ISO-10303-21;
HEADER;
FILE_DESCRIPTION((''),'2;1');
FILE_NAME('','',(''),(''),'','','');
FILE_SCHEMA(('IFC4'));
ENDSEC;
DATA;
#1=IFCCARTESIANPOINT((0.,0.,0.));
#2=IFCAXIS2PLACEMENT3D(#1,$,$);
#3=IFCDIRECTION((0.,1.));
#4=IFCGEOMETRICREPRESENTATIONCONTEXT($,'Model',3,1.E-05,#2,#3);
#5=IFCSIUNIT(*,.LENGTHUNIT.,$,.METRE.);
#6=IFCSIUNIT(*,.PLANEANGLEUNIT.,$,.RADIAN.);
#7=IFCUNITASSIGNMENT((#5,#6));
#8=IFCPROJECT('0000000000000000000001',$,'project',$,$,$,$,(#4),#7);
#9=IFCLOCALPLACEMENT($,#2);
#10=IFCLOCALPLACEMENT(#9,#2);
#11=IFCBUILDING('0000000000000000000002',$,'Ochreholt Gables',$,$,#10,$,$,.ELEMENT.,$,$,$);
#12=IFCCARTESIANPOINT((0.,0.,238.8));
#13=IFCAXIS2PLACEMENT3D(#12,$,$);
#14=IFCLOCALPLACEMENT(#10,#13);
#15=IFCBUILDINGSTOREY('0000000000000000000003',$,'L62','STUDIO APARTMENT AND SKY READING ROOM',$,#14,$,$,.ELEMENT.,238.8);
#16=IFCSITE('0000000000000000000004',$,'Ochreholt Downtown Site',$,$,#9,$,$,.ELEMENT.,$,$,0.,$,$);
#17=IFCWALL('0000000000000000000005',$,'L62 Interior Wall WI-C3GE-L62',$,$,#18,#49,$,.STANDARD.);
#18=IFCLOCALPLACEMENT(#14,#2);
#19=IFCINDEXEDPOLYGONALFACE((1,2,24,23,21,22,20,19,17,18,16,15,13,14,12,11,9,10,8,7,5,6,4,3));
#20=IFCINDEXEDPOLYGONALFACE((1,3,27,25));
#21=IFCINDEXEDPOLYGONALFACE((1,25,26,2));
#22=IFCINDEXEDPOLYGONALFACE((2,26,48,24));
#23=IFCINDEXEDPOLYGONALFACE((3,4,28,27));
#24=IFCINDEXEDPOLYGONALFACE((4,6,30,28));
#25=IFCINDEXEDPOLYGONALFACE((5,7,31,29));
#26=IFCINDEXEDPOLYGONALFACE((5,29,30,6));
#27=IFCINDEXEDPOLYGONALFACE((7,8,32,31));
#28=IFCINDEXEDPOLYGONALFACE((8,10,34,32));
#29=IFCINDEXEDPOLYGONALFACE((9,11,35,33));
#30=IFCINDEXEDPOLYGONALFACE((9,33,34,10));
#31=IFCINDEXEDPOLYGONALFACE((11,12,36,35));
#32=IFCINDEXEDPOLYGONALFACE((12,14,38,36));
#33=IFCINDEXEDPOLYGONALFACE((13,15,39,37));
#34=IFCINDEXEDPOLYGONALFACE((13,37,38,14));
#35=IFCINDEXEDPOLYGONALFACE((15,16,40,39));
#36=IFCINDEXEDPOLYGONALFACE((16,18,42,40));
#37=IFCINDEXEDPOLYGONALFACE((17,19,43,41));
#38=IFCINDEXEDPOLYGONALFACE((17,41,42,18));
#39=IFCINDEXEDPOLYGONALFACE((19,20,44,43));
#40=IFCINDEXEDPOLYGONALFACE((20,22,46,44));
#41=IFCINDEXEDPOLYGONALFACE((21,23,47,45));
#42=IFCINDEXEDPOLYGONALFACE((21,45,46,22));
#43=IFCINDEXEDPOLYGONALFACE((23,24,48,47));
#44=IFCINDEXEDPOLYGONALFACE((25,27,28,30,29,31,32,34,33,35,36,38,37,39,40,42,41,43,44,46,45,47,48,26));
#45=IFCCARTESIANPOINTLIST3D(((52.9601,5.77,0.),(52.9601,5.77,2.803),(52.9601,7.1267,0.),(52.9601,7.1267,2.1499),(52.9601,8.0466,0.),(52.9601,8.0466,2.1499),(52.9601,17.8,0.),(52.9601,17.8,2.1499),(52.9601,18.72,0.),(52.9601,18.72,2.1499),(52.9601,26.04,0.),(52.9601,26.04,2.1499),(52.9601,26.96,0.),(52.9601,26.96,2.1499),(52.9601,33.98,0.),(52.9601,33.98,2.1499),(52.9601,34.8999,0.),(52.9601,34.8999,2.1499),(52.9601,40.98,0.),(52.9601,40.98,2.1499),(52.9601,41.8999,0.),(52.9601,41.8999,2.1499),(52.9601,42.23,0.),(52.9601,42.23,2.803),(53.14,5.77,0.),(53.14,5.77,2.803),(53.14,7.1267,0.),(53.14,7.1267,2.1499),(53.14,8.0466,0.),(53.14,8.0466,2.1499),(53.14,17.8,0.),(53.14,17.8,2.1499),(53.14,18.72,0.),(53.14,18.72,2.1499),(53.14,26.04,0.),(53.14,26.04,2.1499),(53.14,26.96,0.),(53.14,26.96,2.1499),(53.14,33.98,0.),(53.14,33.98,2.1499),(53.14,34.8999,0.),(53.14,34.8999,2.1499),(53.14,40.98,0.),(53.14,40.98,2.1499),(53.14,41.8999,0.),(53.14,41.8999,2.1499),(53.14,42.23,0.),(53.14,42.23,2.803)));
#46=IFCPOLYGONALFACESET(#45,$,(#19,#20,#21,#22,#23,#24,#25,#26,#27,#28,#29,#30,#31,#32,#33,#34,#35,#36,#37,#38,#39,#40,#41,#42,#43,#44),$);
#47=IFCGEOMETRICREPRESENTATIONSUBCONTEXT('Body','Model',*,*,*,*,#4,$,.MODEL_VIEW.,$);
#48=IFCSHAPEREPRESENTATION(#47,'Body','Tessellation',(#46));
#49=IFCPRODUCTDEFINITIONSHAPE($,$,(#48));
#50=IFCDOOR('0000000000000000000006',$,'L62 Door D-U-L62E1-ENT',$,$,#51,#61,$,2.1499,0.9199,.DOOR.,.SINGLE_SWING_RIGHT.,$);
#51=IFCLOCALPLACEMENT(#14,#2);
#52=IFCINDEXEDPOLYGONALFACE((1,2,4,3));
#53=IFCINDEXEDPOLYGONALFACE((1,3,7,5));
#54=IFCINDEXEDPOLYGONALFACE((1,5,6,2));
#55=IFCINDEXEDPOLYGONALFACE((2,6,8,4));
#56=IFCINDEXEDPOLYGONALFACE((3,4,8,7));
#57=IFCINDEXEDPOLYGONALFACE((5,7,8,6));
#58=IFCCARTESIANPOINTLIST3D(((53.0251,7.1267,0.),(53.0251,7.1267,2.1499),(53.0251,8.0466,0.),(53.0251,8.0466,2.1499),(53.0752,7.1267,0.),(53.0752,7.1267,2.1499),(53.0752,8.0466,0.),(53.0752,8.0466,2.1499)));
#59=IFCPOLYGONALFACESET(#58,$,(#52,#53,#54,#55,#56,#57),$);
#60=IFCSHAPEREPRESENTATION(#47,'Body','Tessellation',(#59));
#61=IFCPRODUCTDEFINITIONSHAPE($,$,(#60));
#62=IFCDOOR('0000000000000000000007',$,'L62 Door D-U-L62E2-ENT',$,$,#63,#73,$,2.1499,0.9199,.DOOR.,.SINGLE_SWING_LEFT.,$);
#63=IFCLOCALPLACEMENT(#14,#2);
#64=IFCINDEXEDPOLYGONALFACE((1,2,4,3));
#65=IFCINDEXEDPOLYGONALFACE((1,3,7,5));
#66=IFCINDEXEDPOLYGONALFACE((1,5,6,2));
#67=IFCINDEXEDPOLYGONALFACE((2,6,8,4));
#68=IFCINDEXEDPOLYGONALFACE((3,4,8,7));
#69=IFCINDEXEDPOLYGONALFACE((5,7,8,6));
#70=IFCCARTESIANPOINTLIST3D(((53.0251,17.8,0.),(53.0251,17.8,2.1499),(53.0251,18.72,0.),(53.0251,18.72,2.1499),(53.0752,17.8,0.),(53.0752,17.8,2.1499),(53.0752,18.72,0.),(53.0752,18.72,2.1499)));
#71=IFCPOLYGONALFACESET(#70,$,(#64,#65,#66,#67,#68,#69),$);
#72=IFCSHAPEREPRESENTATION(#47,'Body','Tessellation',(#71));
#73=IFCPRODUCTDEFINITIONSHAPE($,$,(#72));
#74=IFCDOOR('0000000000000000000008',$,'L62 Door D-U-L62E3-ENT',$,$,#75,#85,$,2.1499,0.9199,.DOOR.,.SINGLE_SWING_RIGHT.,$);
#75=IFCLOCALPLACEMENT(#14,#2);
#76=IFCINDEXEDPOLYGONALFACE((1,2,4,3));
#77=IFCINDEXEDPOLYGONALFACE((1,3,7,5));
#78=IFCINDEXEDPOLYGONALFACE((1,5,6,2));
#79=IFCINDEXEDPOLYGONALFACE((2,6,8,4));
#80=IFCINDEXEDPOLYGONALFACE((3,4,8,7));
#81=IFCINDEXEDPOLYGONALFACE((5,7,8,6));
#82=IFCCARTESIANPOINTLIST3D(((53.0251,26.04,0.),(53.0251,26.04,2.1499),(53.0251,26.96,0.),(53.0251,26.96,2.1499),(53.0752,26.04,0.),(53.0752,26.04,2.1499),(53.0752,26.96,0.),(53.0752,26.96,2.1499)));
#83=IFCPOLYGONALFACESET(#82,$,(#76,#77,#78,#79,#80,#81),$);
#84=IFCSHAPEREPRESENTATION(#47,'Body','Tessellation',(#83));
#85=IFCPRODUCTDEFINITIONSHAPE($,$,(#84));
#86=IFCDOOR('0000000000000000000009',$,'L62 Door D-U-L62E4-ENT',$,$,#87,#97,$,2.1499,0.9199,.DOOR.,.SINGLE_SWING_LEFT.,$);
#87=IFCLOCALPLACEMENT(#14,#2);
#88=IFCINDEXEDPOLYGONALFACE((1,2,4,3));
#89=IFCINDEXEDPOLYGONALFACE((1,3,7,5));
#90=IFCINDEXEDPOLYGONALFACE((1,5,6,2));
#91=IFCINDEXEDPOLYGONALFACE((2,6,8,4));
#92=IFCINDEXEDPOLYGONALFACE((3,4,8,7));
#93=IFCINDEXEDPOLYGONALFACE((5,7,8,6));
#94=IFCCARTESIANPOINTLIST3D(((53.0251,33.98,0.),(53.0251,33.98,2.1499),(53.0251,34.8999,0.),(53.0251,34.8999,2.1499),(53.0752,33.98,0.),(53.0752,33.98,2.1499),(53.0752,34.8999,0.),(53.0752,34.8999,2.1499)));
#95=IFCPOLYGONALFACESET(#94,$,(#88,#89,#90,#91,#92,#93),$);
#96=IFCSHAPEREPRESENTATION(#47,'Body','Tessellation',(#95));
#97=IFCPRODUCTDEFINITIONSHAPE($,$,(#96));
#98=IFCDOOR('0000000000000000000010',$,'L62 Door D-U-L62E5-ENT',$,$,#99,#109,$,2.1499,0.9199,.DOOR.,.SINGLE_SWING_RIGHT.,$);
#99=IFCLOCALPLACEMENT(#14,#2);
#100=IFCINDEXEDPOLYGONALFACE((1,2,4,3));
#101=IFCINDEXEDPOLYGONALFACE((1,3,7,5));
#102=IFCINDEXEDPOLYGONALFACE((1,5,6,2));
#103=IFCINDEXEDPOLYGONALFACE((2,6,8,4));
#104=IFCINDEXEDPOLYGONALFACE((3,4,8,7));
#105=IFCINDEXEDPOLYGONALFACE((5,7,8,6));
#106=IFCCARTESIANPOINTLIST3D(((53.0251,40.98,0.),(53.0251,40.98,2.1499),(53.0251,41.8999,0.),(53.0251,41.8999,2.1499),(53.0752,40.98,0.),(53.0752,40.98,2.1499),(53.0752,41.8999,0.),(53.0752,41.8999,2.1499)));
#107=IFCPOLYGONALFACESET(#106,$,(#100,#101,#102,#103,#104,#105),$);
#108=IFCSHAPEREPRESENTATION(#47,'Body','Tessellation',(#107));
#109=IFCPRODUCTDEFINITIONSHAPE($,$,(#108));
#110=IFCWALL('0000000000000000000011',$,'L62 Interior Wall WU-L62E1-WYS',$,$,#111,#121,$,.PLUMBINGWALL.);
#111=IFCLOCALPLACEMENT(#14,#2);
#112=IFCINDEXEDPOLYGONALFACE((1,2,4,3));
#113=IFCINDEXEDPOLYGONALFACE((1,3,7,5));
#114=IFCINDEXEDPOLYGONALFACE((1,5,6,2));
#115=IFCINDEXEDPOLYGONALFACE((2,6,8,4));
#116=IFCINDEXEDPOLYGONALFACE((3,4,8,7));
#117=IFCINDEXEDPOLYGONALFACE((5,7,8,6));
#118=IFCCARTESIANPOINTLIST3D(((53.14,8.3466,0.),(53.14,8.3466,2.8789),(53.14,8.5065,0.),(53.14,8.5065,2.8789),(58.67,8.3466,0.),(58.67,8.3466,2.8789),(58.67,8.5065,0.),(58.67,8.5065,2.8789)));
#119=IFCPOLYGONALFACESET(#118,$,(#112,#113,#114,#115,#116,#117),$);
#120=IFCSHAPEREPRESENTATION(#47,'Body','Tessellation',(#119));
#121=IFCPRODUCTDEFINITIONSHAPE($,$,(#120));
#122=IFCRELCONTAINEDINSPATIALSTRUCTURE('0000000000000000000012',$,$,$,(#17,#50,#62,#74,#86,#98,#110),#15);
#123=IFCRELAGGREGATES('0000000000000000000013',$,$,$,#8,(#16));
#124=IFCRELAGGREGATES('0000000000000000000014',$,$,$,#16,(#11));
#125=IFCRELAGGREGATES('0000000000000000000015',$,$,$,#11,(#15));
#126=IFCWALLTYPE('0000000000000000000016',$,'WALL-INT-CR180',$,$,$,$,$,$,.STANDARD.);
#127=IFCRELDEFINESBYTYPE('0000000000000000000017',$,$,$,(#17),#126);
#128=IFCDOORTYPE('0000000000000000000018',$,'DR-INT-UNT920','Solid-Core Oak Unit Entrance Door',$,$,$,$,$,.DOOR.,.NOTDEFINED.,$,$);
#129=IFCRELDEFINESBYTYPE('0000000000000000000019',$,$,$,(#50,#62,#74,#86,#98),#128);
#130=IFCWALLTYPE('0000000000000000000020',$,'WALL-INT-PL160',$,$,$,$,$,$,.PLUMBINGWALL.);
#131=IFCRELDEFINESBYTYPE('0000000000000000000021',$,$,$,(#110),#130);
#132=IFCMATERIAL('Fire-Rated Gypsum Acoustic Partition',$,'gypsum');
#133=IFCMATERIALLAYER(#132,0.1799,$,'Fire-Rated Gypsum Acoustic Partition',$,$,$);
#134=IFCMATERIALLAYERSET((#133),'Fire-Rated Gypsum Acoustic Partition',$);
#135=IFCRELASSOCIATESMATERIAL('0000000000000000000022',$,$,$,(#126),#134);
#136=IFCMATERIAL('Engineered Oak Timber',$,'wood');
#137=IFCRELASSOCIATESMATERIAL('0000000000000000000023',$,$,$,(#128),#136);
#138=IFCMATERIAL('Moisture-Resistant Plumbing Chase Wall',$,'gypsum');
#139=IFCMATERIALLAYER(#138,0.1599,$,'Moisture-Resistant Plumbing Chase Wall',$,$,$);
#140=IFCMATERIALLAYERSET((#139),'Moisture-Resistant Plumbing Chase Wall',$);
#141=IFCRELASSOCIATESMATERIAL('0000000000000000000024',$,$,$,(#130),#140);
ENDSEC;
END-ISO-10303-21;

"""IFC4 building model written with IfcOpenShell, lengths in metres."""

from ifc_helpers import new_model, si_unit, direction, frame, frame_2d, origin, place, context, subcontext, project, spatial, rectangle, extrude, material, layer, layer_set, type_object, element, fill, save


model = new_model("IFC4")

# Units and contexts
model_context = context("Model", 3, precision=1e-05, world=origin(), true_north=direction((0.0, 1.0)))
body_context = subcontext(model_context, "Body", "Model", "MODEL_VIEW")
ifc_project = project(units=[si_unit("LENGTHUNIT", "METRE"), si_unit("PLANEANGLEUNIT", "RADIAN")], contexts=[model_context])

# Site, building, storey
site_placement = place(None, origin())
site = spatial("IfcSite", under=ifc_project, at=site_placement, Name="Ochreholt Downtown Site", CompositionType="ELEMENT", RefElevation=0.0)
building_placement = place(site_placement, origin())
building = spatial("IfcBuilding", under=site, at=building_placement, Name="Ochreholt Gables", CompositionType="ELEMENT")
storey_placement = place(building_placement, frame((0.0, 0.0, 238.8)))
storey = spatial("IfcBuildingStorey", under=building, at=storey_placement, Name="L62", Description="STUDIO APARTMENT AND SKY READING ROOM", CompositionType="ELEMENT", Elevation=238.8)

# Shared definitions
ifc_material_1 = material(Name="Fire-Rated Gypsum Acoustic Partition", Category="gypsum")
ifc_layer_1 = layer(ifc_material_1, 0.1799, Name="Fire-Rated Gypsum Acoustic Partition")
ifc_layer_set_1 = layer_set([ifc_layer_1], Name="Fire-Rated Gypsum Acoustic Partition")
wall_type_1 = type_object("IfcWallType", Name="WALL-INT-CR180", PredefinedType="STANDARD", material=ifc_layer_set_1)
ifc_material_2 = material(Name="Engineered Oak Timber", Category="wood")
door_type = type_object("IfcDoorType", Name="DR-INT-UNT920", Description="Solid-Core Oak Unit Entrance Door", OperationType="NOTDEFINED", PredefinedType="DOOR", material=ifc_material_2)

# Wall, openings, doors
wall_1_placement = place(storey_placement, frame((53.05, 5.77, 0.0), z_axis=(0.0, 0.0, 1.0), x_axis=(0.0, 1.0, 0.0)))
wall_1 = element("IfcWall", 1, at=wall_1_placement, inside=storey, type_object=wall_type_1, Name="L62 Interior Wall WI-C3GE-L62", PredefinedType="STANDARD", context=body_context, shape_type="SweptSolid", body=[
    extrude(rectangle(XDim=36.46, YDim=0.1799, at=frame_2d((18.23, 0.0))), origin(), (0.0, 0.0, 1.0), 2.803),
])
opening_1_placement = place(wall_1_placement, frame((1.3567, 0.0, 0.0)))
opening_1 = element("IfcOpeningElement", 2, at=opening_1_placement, cuts=wall_1, PredefinedType="OPENING", context=body_context, shape_type="SweptSolid", body=[
    extrude(rectangle(XDim=0.9199, YDim=2.1499, at=frame_2d((0.46, 1.075))), frame((0.0, 0.0999, 0.0), z_axis=(0.0, -1.0, 0.0), x_axis=(1.0, 0.0, 0.0)), (0.0, 0.0, 1.0), 0.2),
])
opening_2_placement = place(wall_1_placement, frame((12.03, 0.0, 0.0)))
opening_2 = element("IfcOpeningElement", 3, at=opening_2_placement, cuts=wall_1, PredefinedType="OPENING", context=body_context, shape_type="SweptSolid", body=[
    extrude(rectangle(XDim=0.9199, YDim=2.1499, at=frame_2d((0.46, 1.075))), frame((0.0, 0.0999, 0.0), z_axis=(0.0, -1.0, 0.0), x_axis=(1.0, 0.0, 0.0)), (0.0, 0.0, 1.0), 0.2),
])
opening_3_placement = place(wall_1_placement, frame((20.27, 0.0, 0.0)))
opening_3 = element("IfcOpeningElement", 4, at=opening_3_placement, cuts=wall_1, PredefinedType="OPENING", context=body_context, shape_type="SweptSolid", body=[
    extrude(rectangle(XDim=0.9199, YDim=2.1499, at=frame_2d((0.46, 1.075))), frame((0.0, 0.0999, 0.0), z_axis=(0.0, -1.0, 0.0), x_axis=(1.0, 0.0, 0.0)), (0.0, 0.0, 1.0), 0.2),
])
opening_4_placement = place(wall_1_placement, frame((28.21, 0.0, 0.0)))
opening_4 = element("IfcOpeningElement", 5, at=opening_4_placement, cuts=wall_1, PredefinedType="OPENING", context=body_context, shape_type="SweptSolid", body=[
    extrude(rectangle(XDim=0.9199, YDim=2.1499, at=frame_2d((0.46, 1.075))), frame((0.0, 0.0999, 0.0), z_axis=(0.0, -1.0, 0.0), x_axis=(1.0, 0.0, 0.0)), (0.0, 0.0, 1.0), 0.2),
])
opening_5_placement = place(wall_1_placement, frame((35.21, 0.0, 0.0)))
opening_5 = element("IfcOpeningElement", 6, at=opening_5_placement, cuts=wall_1, PredefinedType="OPENING", context=body_context, shape_type="SweptSolid", body=[
    extrude(rectangle(XDim=0.9199, YDim=2.1499, at=frame_2d((0.46, 1.075))), frame((0.0, 0.0999, 0.0), z_axis=(0.0, -1.0, 0.0), x_axis=(1.0, 0.0, 0.0)), (0.0, 0.0, 1.0), 0.2),
])
door_1_placement = place(opening_1_placement, origin())
door_1 = element("IfcDoor", 7, at=door_1_placement, inside=storey, type_object=door_type, Name="L62 Door D-U-L62E1-ENT", OperationType="SINGLE_SWING_RIGHT", OverallHeight=2.1499, OverallWidth=0.9199, PredefinedType="DOOR", context=body_context, shape_type="SweptSolid", body=[
    extrude(rectangle(XDim=0.9199, YDim=2.1499, at=frame_2d((0.46, 1.075))), frame((0.0, 0.0249, 0.0), z_axis=(0.0, -1.0, 0.0), x_axis=(1.0, 0.0, 0.0)), (0.0, 0.0, 1.0), 0.05),
])
fill(opening_1, door_1)
door_2_placement = place(opening_2_placement, origin())
door_2 = element("IfcDoor", 8, at=door_2_placement, inside=storey, type_object=door_type, Name="L62 Door D-U-L62E2-ENT", OperationType="SINGLE_SWING_LEFT", OverallHeight=2.1499, OverallWidth=0.9199, PredefinedType="DOOR", context=body_context, shape_type="SweptSolid", body=[
    extrude(rectangle(XDim=0.9199, YDim=2.1499, at=frame_2d((0.46, 1.075))), frame((0.0, 0.0249, 0.0), z_axis=(0.0, -1.0, 0.0), x_axis=(1.0, 0.0, 0.0)), (0.0, 0.0, 1.0), 0.05),
])
fill(opening_2, door_2)
door_3_placement = place(opening_3_placement, origin())
door_3 = element("IfcDoor", 9, at=door_3_placement, inside=storey, type_object=door_type, Name="L62 Door D-U-L62E3-ENT", OperationType="SINGLE_SWING_RIGHT", OverallHeight=2.1499, OverallWidth=0.9199, PredefinedType="DOOR", context=body_context, shape_type="SweptSolid", body=[
    extrude(rectangle(XDim=0.9199, YDim=2.1499, at=frame_2d((0.46, 1.075))), frame((0.0, 0.0249, 0.0), z_axis=(0.0, -1.0, 0.0), x_axis=(1.0, 0.0, 0.0)), (0.0, 0.0, 1.0), 0.05),
])
fill(opening_3, door_3)
door_4_placement = place(opening_4_placement, origin())
door_4 = element("IfcDoor", 10, at=door_4_placement, inside=storey, type_object=door_type, Name="L62 Door D-U-L62E4-ENT", OperationType="SINGLE_SWING_LEFT", OverallHeight=2.1499, OverallWidth=0.9199, PredefinedType="DOOR", context=body_context, shape_type="SweptSolid", body=[
    extrude(rectangle(XDim=0.9199, YDim=2.1499, at=frame_2d((0.46, 1.075))), frame((0.0, 0.0249, 0.0), z_axis=(0.0, -1.0, 0.0), x_axis=(1.0, 0.0, 0.0)), (0.0, 0.0, 1.0), 0.05),
])
fill(opening_4, door_4)
door_5_placement = place(opening_5_placement, origin())
door_5 = element("IfcDoor", 11, at=door_5_placement, inside=storey, type_object=door_type, Name="L62 Door D-U-L62E5-ENT", OperationType="SINGLE_SWING_RIGHT", OverallHeight=2.1499, OverallWidth=0.9199, PredefinedType="DOOR", context=body_context, shape_type="SweptSolid", body=[
    extrude(rectangle(XDim=0.9199, YDim=2.1499, at=frame_2d((0.46, 1.075))), frame((0.0, 0.0249, 0.0), z_axis=(0.0, -1.0, 0.0), x_axis=(1.0, 0.0, 0.0)), (0.0, 0.0, 1.0), 0.05),
])
fill(opening_5, door_5)

# Wall
ifc_material_3 = material(Name="Moisture-Resistant Plumbing Chase Wall", Category="gypsum")
ifc_layer_2 = layer(ifc_material_3, 0.1599, Name="Moisture-Resistant Plumbing Chase Wall")
ifc_layer_set_2 = layer_set([ifc_layer_2], Name="Moisture-Resistant Plumbing Chase Wall")
wall_type_2 = type_object("IfcWallType", Name="WALL-INT-PL160", PredefinedType="PLUMBINGWALL", material=ifc_layer_set_2)
wall_2_placement = place(storey_placement, frame((53.1399, 8.4265, 0.0), z_axis=(0.0, 0.0, 1.0), x_axis=(1.0, 0.0, 0.0)))
element("IfcWall", 12, at=wall_2_placement, inside=storey, type_object=wall_type_2, Name="L62 Interior Wall WU-L62E1-WYS", PredefinedType="PLUMBINGWALL", context=body_context, shape_type="SweptSolid", body=[
    extrude(rectangle(XDim=5.53, YDim=0.1599, at=frame_2d((2.7651, 0.0))), origin(), (0.0, 0.0, 1.0), 2.8789),
])

save(model, "model.ifc")
